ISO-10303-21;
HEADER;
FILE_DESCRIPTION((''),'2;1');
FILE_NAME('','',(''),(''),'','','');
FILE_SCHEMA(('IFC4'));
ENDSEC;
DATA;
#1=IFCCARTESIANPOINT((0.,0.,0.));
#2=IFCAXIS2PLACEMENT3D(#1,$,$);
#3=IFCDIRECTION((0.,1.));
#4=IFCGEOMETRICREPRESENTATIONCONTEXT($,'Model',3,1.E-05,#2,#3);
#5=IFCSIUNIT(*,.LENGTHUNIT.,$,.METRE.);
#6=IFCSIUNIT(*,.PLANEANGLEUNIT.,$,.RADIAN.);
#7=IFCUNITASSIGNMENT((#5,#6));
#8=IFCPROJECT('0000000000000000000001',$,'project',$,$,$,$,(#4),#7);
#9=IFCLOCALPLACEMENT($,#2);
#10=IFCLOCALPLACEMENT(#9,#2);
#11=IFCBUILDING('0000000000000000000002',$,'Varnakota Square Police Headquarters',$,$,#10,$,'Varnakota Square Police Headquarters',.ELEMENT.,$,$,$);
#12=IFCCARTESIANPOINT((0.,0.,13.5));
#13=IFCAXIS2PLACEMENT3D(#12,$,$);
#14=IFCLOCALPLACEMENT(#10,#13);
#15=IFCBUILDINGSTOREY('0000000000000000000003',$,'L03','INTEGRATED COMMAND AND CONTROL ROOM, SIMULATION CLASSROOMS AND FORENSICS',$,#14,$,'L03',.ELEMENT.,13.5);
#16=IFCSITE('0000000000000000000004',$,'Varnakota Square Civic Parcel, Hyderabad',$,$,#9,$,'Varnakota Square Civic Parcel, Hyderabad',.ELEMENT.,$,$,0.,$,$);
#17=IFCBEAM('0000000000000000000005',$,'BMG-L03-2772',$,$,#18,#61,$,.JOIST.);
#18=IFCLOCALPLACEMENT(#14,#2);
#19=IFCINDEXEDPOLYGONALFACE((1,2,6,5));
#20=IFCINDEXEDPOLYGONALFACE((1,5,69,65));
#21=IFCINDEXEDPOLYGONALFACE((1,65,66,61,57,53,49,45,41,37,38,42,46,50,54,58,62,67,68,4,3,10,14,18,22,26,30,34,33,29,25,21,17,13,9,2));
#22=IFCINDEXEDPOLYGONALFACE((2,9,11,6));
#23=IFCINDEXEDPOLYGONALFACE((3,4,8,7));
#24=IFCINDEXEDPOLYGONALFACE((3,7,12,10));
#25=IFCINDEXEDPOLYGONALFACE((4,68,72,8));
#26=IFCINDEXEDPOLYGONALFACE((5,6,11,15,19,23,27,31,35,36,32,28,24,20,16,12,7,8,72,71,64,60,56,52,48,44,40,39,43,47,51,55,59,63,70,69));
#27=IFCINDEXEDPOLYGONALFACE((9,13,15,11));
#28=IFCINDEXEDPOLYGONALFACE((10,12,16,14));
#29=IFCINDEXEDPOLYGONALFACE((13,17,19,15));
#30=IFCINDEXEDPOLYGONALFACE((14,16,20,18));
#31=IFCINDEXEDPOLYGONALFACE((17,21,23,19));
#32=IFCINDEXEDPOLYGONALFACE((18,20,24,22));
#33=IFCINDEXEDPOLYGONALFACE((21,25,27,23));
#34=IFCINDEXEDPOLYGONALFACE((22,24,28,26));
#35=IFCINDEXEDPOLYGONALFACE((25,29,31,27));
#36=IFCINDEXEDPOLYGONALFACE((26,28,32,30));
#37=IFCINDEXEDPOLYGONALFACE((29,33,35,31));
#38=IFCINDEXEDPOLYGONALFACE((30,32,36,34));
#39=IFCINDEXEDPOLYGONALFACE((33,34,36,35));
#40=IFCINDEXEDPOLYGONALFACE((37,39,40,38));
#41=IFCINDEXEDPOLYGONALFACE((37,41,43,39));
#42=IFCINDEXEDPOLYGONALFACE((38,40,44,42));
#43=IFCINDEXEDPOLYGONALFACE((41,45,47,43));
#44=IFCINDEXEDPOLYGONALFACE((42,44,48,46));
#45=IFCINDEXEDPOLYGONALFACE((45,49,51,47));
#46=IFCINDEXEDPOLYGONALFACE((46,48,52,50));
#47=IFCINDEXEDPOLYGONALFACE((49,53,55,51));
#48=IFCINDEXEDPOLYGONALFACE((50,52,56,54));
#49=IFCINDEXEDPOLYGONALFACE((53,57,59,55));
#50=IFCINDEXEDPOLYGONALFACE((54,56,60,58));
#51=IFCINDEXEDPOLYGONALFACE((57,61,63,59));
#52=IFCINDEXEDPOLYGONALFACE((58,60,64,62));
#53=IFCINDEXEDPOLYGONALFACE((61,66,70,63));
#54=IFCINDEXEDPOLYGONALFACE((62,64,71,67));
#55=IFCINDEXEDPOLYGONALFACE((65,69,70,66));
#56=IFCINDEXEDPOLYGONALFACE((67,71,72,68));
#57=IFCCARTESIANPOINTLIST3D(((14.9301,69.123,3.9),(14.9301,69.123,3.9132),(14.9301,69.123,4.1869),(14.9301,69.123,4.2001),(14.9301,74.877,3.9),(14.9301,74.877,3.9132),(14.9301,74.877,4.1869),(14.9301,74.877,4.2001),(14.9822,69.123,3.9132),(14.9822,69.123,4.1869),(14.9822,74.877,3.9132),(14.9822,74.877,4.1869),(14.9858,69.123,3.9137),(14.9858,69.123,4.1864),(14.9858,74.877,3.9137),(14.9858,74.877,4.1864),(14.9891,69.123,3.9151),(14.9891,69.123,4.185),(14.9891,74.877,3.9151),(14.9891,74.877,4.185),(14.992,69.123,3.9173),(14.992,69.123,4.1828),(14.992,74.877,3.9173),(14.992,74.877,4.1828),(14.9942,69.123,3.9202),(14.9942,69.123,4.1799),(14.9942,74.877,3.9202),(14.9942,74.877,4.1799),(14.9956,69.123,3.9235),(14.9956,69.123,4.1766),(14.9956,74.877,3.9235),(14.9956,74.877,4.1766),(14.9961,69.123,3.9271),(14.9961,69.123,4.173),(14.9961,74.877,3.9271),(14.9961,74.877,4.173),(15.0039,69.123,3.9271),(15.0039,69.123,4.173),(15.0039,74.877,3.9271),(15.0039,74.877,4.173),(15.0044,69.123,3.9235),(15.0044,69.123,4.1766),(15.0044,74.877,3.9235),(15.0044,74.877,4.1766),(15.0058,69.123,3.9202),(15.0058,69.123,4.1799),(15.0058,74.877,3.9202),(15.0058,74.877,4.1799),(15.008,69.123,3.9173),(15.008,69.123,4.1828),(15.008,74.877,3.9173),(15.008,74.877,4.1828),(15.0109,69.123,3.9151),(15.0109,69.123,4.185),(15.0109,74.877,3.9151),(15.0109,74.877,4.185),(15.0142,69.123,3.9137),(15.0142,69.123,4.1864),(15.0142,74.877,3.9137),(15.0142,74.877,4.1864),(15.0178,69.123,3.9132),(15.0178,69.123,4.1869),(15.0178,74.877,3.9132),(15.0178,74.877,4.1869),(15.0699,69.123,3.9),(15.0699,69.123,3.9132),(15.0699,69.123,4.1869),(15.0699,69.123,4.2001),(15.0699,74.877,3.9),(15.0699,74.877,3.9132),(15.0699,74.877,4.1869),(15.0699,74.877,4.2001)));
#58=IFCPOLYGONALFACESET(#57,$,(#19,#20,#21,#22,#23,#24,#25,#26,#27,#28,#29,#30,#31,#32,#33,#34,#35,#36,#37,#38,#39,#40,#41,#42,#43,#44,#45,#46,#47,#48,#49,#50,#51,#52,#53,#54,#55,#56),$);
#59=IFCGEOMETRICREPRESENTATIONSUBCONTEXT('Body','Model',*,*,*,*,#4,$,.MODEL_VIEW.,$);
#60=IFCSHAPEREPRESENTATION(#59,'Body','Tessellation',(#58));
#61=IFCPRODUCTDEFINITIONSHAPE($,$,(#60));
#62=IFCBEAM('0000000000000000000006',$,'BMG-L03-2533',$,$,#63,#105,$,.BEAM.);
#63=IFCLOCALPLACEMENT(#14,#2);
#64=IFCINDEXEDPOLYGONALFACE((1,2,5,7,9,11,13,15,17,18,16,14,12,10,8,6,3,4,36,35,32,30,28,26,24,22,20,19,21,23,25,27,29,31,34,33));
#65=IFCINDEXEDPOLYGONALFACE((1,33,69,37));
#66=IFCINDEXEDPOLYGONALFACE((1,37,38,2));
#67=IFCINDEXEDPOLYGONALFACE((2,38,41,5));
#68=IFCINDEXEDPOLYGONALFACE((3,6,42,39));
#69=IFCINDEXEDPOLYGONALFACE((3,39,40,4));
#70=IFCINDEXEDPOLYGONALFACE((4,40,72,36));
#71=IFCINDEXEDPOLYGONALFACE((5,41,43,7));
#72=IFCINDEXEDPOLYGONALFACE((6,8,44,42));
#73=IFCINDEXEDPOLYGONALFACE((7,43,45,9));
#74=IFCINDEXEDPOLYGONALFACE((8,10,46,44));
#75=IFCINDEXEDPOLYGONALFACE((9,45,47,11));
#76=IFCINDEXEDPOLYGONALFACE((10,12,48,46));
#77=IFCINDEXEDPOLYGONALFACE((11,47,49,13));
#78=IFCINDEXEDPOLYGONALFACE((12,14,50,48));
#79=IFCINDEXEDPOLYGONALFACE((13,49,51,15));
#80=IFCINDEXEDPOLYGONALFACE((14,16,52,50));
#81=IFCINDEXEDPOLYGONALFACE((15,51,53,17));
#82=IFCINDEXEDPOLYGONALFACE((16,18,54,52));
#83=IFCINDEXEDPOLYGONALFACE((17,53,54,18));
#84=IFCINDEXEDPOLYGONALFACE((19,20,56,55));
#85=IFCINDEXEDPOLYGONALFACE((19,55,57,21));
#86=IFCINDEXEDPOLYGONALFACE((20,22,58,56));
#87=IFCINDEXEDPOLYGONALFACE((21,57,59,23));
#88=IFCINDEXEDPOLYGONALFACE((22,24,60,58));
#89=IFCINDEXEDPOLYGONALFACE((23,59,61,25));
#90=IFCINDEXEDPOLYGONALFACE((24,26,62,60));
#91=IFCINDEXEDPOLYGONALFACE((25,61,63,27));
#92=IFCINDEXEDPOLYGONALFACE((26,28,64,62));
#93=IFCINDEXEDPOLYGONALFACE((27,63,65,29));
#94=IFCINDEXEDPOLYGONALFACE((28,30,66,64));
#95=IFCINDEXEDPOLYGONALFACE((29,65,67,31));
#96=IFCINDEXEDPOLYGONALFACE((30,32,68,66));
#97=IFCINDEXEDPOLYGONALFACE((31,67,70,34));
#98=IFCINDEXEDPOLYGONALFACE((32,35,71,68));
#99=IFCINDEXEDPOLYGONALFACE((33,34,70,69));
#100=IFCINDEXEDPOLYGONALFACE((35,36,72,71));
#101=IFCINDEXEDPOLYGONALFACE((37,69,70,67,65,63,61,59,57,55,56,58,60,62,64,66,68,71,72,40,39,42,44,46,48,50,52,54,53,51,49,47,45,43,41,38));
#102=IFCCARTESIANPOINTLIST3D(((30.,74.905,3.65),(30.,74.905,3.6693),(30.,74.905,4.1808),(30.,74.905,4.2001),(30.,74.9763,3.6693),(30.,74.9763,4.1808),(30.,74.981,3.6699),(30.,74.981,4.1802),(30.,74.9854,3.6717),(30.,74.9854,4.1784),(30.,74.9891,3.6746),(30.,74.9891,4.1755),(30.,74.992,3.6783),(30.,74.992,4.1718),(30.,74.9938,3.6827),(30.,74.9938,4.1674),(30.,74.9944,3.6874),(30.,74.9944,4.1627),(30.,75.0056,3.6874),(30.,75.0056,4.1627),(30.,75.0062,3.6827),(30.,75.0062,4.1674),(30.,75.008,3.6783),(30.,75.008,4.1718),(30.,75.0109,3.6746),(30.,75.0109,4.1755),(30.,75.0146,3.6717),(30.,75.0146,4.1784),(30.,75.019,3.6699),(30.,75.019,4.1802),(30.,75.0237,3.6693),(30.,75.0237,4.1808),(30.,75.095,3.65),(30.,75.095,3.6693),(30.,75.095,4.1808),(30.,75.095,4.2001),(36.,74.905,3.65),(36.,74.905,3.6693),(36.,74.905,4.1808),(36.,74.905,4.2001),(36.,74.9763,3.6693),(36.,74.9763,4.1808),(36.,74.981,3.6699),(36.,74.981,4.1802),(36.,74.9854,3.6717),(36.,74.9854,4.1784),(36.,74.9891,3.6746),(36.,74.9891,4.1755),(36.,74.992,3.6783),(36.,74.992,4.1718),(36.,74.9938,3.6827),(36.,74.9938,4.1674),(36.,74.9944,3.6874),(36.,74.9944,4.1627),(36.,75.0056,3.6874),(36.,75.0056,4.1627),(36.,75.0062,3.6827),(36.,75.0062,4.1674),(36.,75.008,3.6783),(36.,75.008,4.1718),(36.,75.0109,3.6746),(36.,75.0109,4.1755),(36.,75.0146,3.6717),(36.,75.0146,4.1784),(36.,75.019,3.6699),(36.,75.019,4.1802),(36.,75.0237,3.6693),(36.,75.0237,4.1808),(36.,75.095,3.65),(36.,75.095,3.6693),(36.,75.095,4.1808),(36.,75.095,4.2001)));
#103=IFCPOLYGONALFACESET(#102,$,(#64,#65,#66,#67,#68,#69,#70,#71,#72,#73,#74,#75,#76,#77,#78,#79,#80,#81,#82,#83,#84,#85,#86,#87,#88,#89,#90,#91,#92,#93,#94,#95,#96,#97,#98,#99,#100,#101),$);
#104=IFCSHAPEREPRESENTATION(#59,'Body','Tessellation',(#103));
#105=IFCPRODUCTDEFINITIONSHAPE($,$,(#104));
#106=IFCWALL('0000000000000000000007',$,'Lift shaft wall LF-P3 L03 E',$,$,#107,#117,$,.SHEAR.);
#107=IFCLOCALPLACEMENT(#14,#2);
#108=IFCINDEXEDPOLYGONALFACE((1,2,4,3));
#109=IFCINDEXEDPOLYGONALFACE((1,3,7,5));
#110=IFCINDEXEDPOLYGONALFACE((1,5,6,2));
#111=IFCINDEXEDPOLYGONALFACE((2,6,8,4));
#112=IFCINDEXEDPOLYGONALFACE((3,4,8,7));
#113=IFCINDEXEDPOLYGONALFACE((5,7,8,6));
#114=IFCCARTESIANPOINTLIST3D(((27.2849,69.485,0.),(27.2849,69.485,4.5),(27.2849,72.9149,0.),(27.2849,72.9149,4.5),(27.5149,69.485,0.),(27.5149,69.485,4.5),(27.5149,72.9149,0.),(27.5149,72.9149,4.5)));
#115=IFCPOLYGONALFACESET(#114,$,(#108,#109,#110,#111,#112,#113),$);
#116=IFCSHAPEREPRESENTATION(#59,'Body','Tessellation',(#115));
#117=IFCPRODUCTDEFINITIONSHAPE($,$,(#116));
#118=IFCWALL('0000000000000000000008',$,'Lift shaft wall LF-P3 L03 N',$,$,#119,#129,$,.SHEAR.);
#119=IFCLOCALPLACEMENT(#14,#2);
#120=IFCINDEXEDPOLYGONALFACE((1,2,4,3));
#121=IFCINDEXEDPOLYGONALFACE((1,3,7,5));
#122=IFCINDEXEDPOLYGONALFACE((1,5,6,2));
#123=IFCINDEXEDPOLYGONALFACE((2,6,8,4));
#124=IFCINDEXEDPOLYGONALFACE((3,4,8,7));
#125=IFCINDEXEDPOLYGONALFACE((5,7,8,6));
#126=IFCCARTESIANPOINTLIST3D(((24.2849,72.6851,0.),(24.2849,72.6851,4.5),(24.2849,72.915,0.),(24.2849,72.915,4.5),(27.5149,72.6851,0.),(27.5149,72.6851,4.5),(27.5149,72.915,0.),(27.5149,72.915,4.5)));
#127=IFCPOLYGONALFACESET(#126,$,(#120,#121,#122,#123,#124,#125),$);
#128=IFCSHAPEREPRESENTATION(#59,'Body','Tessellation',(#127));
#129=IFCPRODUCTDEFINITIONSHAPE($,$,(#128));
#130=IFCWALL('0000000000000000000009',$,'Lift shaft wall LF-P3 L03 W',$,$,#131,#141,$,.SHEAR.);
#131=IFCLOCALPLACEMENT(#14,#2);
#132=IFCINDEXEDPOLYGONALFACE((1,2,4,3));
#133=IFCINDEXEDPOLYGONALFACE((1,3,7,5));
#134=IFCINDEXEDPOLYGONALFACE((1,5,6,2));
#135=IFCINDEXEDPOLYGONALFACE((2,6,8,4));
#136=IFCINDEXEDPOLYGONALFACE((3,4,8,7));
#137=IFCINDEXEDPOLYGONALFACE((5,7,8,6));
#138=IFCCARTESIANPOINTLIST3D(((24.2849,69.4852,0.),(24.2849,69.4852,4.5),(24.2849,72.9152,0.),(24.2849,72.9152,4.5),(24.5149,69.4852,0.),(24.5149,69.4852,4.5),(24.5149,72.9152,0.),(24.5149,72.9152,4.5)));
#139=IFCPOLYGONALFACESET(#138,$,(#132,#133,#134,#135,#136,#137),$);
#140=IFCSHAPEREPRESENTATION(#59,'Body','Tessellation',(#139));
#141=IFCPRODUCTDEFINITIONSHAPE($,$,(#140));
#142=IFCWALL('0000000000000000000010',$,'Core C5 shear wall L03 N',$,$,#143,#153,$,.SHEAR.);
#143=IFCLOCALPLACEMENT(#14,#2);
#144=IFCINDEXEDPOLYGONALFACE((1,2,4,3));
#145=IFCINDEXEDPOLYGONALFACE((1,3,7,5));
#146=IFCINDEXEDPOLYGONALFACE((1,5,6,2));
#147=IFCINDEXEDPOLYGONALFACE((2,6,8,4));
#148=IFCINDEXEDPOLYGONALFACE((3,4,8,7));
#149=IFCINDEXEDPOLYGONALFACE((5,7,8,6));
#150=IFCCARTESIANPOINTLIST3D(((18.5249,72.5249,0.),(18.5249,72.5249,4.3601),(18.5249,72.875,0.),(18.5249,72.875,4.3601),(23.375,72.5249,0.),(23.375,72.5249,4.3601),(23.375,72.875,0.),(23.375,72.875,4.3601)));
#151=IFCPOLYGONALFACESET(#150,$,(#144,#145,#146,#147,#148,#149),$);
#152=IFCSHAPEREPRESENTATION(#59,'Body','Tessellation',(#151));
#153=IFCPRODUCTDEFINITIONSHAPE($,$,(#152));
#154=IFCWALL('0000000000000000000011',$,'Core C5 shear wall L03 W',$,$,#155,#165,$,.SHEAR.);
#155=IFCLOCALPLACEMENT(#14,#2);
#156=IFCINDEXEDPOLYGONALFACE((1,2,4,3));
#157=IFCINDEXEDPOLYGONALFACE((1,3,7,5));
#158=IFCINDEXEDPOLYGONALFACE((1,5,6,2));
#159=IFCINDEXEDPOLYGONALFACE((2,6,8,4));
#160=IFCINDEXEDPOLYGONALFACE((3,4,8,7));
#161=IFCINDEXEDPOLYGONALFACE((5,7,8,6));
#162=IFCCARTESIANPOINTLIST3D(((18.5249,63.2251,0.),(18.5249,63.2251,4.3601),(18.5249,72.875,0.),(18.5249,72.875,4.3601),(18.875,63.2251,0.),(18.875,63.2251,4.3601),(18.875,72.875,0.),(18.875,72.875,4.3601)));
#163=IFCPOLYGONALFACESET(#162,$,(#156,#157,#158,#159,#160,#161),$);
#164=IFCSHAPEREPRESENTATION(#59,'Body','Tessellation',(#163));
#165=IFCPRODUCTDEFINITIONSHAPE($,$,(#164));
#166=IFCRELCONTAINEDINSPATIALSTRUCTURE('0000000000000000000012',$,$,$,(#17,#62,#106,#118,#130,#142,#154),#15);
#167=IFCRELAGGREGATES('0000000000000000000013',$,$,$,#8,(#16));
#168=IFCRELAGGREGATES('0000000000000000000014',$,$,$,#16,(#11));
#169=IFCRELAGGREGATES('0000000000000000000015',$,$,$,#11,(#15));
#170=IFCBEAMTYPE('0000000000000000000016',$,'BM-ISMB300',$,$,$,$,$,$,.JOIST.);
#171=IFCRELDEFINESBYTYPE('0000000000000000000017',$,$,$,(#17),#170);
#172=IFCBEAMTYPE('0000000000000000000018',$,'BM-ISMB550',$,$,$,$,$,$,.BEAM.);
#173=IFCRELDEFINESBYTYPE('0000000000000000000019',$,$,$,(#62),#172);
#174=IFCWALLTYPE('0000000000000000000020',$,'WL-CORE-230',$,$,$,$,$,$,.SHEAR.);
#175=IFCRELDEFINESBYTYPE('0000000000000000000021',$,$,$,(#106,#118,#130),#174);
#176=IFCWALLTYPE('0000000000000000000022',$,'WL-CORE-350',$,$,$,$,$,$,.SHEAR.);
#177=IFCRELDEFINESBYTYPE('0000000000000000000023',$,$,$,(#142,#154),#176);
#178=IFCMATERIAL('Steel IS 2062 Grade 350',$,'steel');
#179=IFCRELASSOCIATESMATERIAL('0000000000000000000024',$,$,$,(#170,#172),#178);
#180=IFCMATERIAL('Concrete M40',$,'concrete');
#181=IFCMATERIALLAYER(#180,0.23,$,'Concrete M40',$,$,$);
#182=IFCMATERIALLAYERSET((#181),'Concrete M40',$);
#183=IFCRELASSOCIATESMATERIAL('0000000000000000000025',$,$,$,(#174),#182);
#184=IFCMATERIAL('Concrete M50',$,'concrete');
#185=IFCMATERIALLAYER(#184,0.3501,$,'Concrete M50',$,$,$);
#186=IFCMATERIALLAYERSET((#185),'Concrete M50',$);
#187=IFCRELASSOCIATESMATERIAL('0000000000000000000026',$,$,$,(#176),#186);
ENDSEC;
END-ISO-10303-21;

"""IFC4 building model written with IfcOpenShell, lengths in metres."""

from ifc_helpers import new_model, si_unit, direction, frame, frame_2d, origin, origin_2d, place, context, subcontext, project, spatial, rectangle, i_section, extrude, material, layer, layer_set, material_profile, profile_set, type_object, element, save


model = new_model("IFC4")

# Units and contexts
model_context = context("Model", 3, precision=1e-05, world=origin(), true_north=direction((0.0, 1.0)))
body_context = subcontext(model_context, "Body", "Model", "MODEL_VIEW")
ifc_project = project(units=[si_unit("LENGTHUNIT", "METRE"), si_unit("PLANEANGLEUNIT", "RADIAN")], contexts=[model_context])

# Site, building, storey
site_placement = place(None, origin())
site = spatial("IfcSite", under=ifc_project, at=site_placement, Name="Varnakota Square Civic Parcel, Hyderabad", LongName="Varnakota Square Civic Parcel, Hyderabad", CompositionType="ELEMENT", RefElevation=0.0)
building_placement = place(site_placement, origin())
building = spatial("IfcBuilding", under=site, at=building_placement, Name="Varnakota Square Police Headquarters", LongName="Varnakota Square Police Headquarters", CompositionType="ELEMENT")
storey_placement = place(building_placement, frame((0.0, 0.0, 13.5)))
storey = spatial("IfcBuildingStorey", under=building, at=storey_placement, Name="L03", Description="INTEGRATED COMMAND AND CONTROL ROOM, SIMULATION CLASSROOMS AND FORENSICS", LongName="L03", CompositionType="ELEMENT", Elevation=13.5)

# Shared definitions
ifc_material_1 = material(Name="Steel IS 2062 Grade 350", Category="steel")

# Beams
ifc_material_profile_1 = material_profile(ifc_material_1, i_section(OverallWidth=0.1399, OverallDepth=0.3, WebThickness=0.0078, FlangeThickness=0.0132, FilletRadius=0.0139, at=origin_2d()), Name="ISMB 300")
ifc_profile_set_1 = profile_set([ifc_material_profile_1], Name="Steel IS 2062 Grade 350")
beam_type_1 = type_object("IfcBeamType", Name="BM-ISMB300", PredefinedType="JOIST", material=ifc_profile_set_1)
beam_1_placement = place(storey_placement, frame((15.0, 69.123, 4.05), z_axis=(0.0, 1.0, 0.0), x_axis=(-1.0, 0.0, 0.0)))
element("IfcBeam", 1, at=beam_1_placement, inside=storey, type_object=beam_type_1, Name="BMG-L03-2772", PredefinedType="JOIST", context=body_context, shape_type="SweptSolid", body=[
    extrude(i_section(OverallWidth=0.1399, OverallDepth=0.3, WebThickness=0.0078, FlangeThickness=0.0132, FilletRadius=0.0139, at=origin_2d()), origin(), (0.0, 0.0, 1.0), 5.7539),
])
ifc_material_profile_2 = material_profile(ifc_material_1, i_section(OverallWidth=0.1899, OverallDepth=0.55, WebThickness=0.0112, FlangeThickness=0.0193, FilletRadius=0.0181, at=origin_2d()), Name="ISMB 550")
ifc_profile_set_2 = profile_set([ifc_material_profile_2], Name="Steel IS 2062 Grade 350")
beam_type_2 = type_object("IfcBeamType", Name="BM-ISMB550", PredefinedType="BEAM", material=ifc_profile_set_2)
beam_2_placement = place(storey_placement, frame((30.0, 75.0, 3.925), z_axis=(1.0, 0.0, 0.0), x_axis=(0.0, 1.0, 0.0)))
element("IfcBeam", 2, at=beam_2_placement, inside=storey, type_object=beam_type_2, Name="BMG-L03-2533", PredefinedType="BEAM", context=body_context, shape_type="SweptSolid", body=[
    extrude(i_section(OverallWidth=0.1899, OverallDepth=0.55, WebThickness=0.0112, FlangeThickness=0.0193, FilletRadius=0.0181, at=origin_2d()), origin(), (0.0, 0.0, 1.0), 6.0),
])

# Shared definitions
ifc_material_2 = material(Name="Concrete M40", Category="concrete")
ifc_layer_1 = layer(ifc_material_2, 0.23, Name="Concrete M40")
ifc_layer_set_1 = layer_set([ifc_layer_1], Name="Concrete M40")
wall_type_1 = type_object("IfcWallType", Name="WL-CORE-230", PredefinedType="SHEAR", material=ifc_layer_set_1)

# Walls
wall_1_placement = place(storey_placement, frame((27.3999, 69.4851, 0.0), z_axis=(0.0, 0.0, 1.0), x_axis=(0.0, 1.0, 0.0)))
element("IfcWall", 3, at=wall_1_placement, inside=storey, type_object=wall_type_1, Name="Lift shaft wall LF-P3 L03 E", PredefinedType="SHEAR", context=body_context, shape_type="SweptSolid", body=[
    extrude(rectangle(XDim=3.4299, YDim=0.23, at=frame_2d((1.7148, 0.0))), origin(), (0.0, 0.0, 1.0), 4.5),
])
wall_2_placement = place(storey_placement, frame((27.5149, 72.8, 0.0), z_axis=(0.0, 0.0, 1.0), x_axis=(-1.0, 0.0, 0.0)))
element("IfcWall", 4, at=wall_2_placement, inside=storey, type_object=wall_type_1, Name="Lift shaft wall LF-P3 L03 N", PredefinedType="SHEAR", context=body_context, shape_type="SweptSolid", body=[
    extrude(rectangle(XDim=3.23, YDim=0.23, at=frame_2d((1.615, 0.0))), origin(), (0.0, 0.0, 1.0), 4.5),
])
wall_3_placement = place(storey_placement, frame((24.3999, 72.915, 0.0), z_axis=(0.0, 0.0, 1.0), x_axis=(0.0, -1.0, 0.0)))
element("IfcWall", 5, at=wall_3_placement, inside=storey, type_object=wall_type_1, Name="Lift shaft wall LF-P3 L03 W", PredefinedType="SHEAR", context=body_context, shape_type="SweptSolid", body=[
    extrude(rectangle(XDim=3.4299, YDim=0.23, at=frame_2d((1.7148, 0.0))), origin(), (0.0, 0.0, 1.0), 4.5),
])
ifc_material_3 = material(Name="Concrete M50", Category="concrete")
ifc_layer_2 = layer(ifc_material_3, 0.3501, Name="Concrete M50")
ifc_layer_set_2 = layer_set([ifc_layer_2], Name="Concrete M50")
wall_type_2 = type_object("IfcWallType", Name="WL-CORE-350", PredefinedType="SHEAR", material=ifc_layer_set_2)
wall_4_placement = place(storey_placement, frame((23.375, 72.7, 0.0), z_axis=(0.0, 0.0, 1.0), x_axis=(-1.0, 0.0, 0.0)))
element("IfcWall", 6, at=wall_4_placement, inside=storey, type_object=wall_type_2, Name="Core C5 shear wall L03 N", PredefinedType="SHEAR", context=body_context, shape_type="SweptSolid", body=[
    extrude(rectangle(XDim=4.8501, YDim=0.3501, at=frame_2d((2.425, 0.0))), origin(), (0.0, 0.0, 1.0), 4.3601),
])
wall_5_placement = place(storey_placement, frame((18.7, 72.875, 0.0), z_axis=(0.0, 0.0, 1.0), x_axis=(0.0, -1.0, 0.0)))
element("IfcWall", 7, at=wall_5_placement, inside=storey, type_object=wall_type_2, Name="Core C5 shear wall L03 W", PredefinedType="SHEAR", context=body_context, shape_type="SweptSolid", body=[
    extrude(rectangle(XDim=9.6499, YDim=0.3501, at=frame_2d((4.825, 0.0))), origin(), (0.0, 0.0, 1.0), 4.3601),
])

save(model, "model.ifc")
